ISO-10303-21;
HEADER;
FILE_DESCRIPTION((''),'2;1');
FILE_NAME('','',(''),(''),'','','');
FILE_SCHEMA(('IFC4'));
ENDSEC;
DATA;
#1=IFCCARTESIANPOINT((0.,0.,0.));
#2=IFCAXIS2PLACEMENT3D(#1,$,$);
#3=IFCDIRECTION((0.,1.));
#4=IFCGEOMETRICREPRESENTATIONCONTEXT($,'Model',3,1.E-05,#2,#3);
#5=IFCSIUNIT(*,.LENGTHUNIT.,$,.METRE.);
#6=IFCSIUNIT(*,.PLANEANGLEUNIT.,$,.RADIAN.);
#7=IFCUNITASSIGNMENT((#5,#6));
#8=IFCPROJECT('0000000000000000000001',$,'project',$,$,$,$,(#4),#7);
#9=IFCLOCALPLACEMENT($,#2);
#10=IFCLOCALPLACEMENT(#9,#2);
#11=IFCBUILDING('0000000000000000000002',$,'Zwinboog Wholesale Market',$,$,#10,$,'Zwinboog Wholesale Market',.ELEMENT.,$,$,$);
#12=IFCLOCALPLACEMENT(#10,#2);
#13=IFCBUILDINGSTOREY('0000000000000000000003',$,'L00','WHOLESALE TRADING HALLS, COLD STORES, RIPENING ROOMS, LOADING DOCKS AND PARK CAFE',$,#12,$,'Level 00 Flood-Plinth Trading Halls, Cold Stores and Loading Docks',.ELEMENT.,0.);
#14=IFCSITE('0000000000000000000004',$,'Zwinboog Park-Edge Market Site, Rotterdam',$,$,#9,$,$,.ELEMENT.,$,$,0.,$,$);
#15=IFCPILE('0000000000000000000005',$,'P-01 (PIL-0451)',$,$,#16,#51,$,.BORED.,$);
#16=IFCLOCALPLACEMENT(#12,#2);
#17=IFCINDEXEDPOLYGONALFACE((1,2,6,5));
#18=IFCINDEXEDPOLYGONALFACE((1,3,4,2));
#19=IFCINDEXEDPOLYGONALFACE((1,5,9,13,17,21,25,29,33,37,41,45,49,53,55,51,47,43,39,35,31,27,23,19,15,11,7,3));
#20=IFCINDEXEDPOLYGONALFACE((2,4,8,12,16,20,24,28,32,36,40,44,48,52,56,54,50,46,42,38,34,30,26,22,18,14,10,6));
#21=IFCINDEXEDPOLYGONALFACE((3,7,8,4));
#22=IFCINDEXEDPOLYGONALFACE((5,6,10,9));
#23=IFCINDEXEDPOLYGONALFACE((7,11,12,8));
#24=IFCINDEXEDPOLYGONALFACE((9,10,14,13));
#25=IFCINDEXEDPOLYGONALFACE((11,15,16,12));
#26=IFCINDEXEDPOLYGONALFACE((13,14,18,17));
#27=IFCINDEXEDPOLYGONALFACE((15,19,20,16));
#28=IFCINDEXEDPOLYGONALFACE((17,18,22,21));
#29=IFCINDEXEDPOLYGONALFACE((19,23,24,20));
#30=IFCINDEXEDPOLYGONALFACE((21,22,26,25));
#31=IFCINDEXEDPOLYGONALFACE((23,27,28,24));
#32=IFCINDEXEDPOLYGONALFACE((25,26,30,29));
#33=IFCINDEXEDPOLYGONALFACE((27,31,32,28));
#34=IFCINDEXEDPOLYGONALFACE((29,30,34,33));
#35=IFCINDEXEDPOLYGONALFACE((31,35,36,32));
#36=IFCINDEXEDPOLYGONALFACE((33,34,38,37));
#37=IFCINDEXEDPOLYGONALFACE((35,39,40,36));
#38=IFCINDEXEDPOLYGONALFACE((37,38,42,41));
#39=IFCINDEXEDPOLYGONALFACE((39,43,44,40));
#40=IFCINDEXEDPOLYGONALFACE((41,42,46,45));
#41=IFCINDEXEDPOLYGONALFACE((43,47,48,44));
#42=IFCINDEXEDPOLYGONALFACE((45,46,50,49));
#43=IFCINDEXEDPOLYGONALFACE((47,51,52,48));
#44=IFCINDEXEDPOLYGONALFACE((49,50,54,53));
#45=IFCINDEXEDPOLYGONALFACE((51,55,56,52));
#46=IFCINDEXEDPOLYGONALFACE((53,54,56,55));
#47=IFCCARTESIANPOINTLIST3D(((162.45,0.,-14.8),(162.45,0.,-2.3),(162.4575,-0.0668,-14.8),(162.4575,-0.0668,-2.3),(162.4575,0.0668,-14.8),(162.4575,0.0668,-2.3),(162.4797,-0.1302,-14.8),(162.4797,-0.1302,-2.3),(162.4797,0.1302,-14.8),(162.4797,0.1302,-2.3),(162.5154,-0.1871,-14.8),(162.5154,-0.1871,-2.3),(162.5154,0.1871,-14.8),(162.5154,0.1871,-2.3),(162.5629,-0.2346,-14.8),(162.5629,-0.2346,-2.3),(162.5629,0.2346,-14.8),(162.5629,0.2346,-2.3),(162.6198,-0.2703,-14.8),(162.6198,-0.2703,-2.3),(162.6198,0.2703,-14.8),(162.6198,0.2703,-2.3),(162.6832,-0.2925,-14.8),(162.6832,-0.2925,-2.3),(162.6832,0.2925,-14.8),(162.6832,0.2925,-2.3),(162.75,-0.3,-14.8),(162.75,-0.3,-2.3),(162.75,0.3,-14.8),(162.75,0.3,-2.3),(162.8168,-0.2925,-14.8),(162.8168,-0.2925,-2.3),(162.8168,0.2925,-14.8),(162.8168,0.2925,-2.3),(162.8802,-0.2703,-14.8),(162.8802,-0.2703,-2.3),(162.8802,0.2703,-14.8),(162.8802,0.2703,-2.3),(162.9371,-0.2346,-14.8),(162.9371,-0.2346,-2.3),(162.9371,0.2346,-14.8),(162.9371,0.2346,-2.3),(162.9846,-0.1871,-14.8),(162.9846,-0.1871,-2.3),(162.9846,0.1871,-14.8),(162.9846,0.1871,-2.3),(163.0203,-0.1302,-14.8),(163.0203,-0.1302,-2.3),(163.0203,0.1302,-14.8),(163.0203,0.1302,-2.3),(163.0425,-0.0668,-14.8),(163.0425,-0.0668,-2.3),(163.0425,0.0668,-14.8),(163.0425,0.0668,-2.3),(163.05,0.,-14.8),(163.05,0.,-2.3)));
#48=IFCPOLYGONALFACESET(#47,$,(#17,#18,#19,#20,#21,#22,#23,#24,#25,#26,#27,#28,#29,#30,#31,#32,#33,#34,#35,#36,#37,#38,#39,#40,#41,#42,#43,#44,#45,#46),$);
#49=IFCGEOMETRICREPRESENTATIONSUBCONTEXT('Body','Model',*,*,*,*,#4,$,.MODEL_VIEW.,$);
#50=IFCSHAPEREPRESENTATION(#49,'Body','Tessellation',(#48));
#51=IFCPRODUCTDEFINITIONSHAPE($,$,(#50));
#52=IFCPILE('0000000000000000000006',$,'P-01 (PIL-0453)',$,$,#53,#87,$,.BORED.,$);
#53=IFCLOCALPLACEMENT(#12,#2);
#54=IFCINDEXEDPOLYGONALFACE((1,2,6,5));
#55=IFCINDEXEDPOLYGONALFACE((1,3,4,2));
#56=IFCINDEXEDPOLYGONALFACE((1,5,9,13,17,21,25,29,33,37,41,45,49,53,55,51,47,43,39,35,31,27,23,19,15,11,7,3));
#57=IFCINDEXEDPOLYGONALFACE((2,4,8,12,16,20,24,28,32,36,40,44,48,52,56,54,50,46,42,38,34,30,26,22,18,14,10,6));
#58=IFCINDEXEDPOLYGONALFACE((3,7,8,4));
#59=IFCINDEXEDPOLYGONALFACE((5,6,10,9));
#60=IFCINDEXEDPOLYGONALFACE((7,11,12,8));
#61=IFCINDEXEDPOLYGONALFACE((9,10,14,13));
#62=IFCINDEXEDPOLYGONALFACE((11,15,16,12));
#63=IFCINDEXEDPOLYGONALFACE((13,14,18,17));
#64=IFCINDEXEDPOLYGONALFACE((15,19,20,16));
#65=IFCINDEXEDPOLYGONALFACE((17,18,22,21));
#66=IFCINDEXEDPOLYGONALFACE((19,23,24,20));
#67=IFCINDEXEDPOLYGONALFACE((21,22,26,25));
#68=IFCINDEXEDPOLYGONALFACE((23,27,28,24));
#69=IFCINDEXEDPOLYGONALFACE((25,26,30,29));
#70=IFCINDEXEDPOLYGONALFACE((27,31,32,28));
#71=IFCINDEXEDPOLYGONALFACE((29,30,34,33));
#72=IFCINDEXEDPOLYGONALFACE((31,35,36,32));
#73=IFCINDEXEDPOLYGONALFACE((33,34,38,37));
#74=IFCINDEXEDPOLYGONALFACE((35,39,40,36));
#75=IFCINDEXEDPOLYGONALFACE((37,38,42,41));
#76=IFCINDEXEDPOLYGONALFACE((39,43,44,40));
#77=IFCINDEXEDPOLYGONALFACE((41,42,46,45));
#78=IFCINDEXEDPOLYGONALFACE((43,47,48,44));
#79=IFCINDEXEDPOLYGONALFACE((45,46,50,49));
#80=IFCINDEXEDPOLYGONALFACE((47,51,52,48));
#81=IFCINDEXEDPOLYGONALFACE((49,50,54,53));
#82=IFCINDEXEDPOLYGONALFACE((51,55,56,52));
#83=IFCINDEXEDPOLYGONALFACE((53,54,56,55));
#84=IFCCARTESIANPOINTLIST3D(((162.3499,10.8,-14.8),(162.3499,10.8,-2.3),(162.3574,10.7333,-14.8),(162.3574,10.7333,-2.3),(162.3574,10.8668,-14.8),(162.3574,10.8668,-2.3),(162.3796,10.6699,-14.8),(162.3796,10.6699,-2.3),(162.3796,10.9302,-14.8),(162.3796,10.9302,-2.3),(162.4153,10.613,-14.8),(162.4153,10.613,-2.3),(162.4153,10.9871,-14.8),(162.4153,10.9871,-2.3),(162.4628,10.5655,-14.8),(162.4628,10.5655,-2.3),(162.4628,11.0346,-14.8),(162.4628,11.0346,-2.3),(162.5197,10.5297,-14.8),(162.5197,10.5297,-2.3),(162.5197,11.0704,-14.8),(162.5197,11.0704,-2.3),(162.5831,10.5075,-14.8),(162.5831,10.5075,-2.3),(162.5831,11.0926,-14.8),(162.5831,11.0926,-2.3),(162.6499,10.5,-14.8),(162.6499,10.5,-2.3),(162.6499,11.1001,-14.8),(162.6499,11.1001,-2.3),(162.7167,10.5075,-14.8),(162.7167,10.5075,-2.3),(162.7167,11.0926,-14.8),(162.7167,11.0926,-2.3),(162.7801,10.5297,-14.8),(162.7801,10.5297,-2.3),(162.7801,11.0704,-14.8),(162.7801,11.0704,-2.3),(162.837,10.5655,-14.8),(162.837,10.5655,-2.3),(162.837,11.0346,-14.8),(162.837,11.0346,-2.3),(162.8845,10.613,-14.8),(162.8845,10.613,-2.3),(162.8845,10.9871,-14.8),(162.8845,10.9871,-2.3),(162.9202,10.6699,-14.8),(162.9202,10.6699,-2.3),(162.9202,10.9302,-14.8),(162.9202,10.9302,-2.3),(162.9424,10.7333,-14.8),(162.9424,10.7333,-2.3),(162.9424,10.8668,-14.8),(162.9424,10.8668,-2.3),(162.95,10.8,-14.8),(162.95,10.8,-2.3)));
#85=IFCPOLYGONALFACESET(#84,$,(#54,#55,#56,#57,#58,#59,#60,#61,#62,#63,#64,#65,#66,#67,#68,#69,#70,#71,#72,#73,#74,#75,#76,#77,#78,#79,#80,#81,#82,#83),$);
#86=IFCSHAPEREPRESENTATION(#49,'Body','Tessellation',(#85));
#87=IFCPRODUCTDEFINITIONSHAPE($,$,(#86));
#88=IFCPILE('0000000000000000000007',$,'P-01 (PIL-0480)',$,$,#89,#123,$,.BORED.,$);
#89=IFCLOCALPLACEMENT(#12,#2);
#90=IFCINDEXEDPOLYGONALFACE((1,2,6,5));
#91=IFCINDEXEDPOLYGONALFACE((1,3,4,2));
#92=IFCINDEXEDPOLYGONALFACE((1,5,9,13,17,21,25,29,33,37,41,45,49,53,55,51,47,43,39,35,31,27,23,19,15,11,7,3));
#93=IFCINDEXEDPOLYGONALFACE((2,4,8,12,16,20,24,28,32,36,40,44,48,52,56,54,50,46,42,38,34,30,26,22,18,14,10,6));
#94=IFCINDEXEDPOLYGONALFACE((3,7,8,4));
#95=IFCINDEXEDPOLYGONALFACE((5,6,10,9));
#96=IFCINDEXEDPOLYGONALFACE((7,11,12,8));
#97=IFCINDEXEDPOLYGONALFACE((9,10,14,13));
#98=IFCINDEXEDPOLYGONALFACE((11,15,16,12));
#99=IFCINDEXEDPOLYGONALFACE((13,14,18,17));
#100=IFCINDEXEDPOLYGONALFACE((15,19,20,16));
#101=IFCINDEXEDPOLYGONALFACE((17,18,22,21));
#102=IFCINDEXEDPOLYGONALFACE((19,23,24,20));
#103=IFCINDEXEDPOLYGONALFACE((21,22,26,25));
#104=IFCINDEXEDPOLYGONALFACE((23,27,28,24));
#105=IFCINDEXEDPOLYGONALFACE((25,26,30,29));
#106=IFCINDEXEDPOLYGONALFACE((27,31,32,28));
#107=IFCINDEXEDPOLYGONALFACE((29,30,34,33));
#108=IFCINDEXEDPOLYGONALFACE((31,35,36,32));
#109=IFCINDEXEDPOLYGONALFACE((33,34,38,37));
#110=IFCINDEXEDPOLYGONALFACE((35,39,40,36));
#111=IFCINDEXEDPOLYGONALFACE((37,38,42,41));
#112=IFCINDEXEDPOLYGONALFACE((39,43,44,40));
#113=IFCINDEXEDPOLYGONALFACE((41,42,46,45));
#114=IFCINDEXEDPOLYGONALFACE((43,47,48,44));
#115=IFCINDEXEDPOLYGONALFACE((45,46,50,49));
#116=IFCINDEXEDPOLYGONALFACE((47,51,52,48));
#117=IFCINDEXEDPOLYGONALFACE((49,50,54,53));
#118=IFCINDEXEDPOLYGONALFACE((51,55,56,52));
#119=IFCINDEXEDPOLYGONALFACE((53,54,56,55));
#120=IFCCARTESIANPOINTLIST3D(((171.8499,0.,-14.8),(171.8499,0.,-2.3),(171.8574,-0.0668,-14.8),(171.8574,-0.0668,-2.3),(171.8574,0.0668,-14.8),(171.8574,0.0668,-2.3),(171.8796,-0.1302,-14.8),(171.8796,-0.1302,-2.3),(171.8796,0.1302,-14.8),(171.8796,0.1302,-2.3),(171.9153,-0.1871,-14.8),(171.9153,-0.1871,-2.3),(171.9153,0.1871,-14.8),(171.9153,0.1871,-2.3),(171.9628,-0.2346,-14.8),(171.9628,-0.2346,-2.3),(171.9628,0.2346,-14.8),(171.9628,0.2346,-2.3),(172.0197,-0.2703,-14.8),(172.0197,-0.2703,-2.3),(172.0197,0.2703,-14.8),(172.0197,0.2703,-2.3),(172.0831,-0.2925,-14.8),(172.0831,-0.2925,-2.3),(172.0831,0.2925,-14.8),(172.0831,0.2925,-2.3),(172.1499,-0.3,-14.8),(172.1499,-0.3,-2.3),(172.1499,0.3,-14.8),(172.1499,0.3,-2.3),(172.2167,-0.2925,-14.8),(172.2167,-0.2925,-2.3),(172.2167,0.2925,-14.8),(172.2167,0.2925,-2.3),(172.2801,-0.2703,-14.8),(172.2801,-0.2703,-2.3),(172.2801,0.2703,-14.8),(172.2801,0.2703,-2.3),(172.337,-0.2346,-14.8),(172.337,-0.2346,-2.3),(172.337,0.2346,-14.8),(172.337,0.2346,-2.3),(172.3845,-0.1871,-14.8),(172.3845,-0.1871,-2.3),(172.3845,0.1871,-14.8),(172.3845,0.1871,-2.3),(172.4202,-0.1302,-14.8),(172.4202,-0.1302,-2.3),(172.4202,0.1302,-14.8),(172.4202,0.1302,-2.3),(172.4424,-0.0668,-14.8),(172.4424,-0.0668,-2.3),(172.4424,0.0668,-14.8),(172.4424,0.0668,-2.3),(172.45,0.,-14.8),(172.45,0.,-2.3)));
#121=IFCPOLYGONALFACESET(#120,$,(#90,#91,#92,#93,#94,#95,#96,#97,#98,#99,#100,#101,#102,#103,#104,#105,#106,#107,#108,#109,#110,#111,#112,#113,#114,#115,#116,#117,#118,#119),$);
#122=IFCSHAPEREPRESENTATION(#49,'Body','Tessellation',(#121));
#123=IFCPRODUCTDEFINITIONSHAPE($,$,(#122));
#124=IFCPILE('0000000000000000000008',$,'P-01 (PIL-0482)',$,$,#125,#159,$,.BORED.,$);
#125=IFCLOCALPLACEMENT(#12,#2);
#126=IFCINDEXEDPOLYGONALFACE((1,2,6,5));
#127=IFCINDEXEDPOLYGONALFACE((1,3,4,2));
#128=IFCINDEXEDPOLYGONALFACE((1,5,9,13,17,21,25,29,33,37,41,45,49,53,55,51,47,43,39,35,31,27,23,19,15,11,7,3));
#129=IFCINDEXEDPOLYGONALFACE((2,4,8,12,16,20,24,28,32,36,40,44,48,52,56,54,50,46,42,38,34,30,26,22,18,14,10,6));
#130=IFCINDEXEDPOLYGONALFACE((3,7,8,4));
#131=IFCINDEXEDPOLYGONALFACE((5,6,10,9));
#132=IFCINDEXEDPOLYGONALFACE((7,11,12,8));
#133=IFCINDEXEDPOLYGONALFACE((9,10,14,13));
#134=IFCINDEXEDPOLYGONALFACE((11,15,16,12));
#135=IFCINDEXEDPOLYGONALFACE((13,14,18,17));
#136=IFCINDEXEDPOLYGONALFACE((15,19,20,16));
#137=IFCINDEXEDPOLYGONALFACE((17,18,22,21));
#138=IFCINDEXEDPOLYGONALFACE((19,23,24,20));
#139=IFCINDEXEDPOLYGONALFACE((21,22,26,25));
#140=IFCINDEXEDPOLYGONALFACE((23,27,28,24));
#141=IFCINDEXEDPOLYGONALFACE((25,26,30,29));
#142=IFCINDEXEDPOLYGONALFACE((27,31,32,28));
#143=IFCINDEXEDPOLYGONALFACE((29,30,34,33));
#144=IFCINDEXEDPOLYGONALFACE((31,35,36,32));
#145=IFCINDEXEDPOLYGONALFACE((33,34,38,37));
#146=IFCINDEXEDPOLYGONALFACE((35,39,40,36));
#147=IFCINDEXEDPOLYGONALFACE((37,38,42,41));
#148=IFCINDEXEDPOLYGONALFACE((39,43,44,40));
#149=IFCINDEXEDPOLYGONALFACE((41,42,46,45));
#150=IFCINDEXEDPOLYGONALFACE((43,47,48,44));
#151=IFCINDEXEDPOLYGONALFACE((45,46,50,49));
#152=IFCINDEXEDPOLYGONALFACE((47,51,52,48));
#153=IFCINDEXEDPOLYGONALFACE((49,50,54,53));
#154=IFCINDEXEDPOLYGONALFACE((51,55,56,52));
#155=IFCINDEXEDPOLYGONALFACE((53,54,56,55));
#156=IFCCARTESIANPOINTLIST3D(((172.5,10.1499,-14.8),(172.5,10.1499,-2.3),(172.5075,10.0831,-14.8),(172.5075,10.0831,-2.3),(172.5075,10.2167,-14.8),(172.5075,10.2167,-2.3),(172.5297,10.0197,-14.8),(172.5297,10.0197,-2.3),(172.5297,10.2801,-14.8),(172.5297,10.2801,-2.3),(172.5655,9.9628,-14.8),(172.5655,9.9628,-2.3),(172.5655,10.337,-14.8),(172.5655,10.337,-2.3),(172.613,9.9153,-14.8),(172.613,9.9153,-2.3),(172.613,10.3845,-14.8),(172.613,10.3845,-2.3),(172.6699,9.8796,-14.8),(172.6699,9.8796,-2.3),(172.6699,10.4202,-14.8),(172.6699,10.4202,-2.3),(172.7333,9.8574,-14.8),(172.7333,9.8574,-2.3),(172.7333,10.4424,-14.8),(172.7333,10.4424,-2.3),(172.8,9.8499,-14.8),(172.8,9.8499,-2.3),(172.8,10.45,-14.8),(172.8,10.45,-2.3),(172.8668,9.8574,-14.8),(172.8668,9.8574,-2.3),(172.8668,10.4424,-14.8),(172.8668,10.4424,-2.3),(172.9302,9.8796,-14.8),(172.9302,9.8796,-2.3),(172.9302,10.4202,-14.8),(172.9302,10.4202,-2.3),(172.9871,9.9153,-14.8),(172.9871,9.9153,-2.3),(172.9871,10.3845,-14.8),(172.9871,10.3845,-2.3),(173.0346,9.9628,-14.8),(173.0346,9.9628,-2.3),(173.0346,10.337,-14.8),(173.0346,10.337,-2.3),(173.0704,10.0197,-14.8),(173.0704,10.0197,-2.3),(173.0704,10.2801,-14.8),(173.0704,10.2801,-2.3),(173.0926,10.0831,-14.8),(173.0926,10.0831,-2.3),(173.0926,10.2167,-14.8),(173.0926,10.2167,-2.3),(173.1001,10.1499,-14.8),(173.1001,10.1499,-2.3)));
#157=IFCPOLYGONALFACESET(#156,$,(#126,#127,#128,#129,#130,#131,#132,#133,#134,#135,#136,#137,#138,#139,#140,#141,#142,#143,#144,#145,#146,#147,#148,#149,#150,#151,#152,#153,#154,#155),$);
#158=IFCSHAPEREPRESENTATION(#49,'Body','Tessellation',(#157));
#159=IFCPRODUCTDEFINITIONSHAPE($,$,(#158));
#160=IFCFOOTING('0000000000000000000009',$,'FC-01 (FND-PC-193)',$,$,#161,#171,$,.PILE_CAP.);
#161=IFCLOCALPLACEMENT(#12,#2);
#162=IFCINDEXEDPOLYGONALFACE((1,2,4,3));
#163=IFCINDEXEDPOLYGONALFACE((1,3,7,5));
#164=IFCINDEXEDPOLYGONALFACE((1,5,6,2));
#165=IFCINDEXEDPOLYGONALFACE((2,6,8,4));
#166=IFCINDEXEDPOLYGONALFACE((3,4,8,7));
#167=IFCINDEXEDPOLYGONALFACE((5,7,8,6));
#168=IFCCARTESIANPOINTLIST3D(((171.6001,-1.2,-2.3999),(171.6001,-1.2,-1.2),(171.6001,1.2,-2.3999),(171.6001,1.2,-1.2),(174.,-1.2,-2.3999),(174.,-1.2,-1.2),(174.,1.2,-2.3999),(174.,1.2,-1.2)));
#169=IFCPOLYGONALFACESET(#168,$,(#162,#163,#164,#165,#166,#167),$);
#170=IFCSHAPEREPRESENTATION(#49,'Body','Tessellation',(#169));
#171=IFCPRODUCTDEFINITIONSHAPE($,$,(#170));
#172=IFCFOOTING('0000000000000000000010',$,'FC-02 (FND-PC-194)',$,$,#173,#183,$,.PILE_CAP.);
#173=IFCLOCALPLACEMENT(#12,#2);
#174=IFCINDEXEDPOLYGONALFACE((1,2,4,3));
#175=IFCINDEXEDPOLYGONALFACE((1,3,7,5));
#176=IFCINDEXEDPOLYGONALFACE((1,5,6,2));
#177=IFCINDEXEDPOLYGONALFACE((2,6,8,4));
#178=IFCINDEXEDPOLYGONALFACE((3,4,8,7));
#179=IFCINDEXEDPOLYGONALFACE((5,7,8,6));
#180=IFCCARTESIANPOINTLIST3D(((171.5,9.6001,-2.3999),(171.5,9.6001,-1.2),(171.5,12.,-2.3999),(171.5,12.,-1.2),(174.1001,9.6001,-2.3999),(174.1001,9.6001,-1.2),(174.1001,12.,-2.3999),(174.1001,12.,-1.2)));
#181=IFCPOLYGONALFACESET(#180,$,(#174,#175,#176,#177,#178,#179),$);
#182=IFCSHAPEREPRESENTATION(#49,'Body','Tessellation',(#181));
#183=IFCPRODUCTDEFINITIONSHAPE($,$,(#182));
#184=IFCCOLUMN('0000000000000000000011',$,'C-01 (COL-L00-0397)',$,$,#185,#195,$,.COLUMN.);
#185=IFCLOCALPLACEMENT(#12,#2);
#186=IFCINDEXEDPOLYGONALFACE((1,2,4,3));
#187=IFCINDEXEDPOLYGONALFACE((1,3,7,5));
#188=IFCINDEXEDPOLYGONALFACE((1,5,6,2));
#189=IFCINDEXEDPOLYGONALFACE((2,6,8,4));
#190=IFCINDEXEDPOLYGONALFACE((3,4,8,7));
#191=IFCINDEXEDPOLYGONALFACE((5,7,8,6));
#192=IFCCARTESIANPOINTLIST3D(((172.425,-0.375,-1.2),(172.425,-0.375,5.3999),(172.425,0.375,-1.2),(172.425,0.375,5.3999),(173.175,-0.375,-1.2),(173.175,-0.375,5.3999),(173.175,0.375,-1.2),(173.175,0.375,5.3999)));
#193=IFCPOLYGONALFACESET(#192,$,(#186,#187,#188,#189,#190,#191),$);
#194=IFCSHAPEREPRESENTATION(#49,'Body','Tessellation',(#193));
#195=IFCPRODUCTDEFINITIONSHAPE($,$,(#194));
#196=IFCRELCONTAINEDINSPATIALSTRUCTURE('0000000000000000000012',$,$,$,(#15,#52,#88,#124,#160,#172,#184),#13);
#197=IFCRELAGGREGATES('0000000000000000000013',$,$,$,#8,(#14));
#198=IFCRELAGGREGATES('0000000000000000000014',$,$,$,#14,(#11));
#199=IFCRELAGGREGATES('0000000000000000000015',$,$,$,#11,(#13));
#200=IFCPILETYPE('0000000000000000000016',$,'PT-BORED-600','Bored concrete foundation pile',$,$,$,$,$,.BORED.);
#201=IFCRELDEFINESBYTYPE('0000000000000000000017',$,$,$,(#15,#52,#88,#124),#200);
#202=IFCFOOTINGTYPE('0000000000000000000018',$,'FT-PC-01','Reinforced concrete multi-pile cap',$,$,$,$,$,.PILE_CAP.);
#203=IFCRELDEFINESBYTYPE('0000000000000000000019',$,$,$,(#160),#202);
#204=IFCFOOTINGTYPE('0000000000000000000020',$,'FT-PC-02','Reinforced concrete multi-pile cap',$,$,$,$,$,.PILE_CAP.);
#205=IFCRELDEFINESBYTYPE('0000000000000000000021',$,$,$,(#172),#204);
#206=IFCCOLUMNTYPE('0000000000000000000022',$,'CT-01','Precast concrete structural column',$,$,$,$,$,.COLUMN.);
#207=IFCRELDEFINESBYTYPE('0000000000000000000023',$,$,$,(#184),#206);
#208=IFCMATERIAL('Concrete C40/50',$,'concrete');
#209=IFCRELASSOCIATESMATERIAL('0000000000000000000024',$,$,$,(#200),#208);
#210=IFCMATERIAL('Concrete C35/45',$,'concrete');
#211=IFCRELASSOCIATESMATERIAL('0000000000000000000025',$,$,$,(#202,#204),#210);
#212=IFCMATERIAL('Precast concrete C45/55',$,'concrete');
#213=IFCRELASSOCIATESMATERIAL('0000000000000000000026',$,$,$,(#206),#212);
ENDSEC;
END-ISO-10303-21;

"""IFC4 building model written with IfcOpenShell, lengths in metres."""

from ifc_helpers import new_model, si_unit, direction, frame, origin, origin_2d, place, context, subcontext, project, spatial, rectangle, circle, extrude, material, material_profile, profile_set, type_object, element, save


model = new_model("IFC4")

# Units and contexts
model_context = context("Model", 3, precision=1e-05, world=origin(), true_north=direction((0.0, 1.0)))
body_context = subcontext(model_context, "Body", "Model", "MODEL_VIEW")
ifc_project = project(units=[si_unit("LENGTHUNIT", "METRE"), si_unit("PLANEANGLEUNIT", "RADIAN")], contexts=[model_context])

# Site, building, storey
site_placement = place(None, origin())
site = spatial("IfcSite", under=ifc_project, at=site_placement, Name="Zwinboog Park-Edge Market Site, Rotterdam", CompositionType="ELEMENT", RefElevation=0.0)
building_placement = place(site_placement, origin())
building = spatial("IfcBuilding", under=site, at=building_placement, Name="Zwinboog Wholesale Market", LongName="Zwinboog Wholesale Market", CompositionType="ELEMENT")
storey_placement = place(building_placement, origin())
storey = spatial("IfcBuildingStorey", under=building, at=storey_placement, Name="L00", Description="WHOLESALE TRADING HALLS, COLD STORES, RIPENING ROOMS, LOADING DOCKS AND PARK CAFE", LongName="Level 00 Flood-Plinth Trading Halls, Cold Stores and Loading Docks", CompositionType="ELEMENT", Elevation=0.0)

# Piles
ifc_material_1 = material(Name="Concrete C40/50", Category="concrete")
ifc_material_profile_1 = material_profile(ifc_material_1, circle(Radius=0.3, at=origin_2d()), Name="PILE D600")
ifc_profile_set_1 = profile_set([ifc_material_profile_1], Name="Concrete C40/50")
pile_type = type_object("IfcPileType", Name="PT-BORED-600", Description="Bored concrete foundation pile", PredefinedType="BORED", material=ifc_profile_set_1)
for number, where, z_axis, x_axis, name in (
    (1, (162.75, 0.0, -2.3), (0.0, 0.0, -1.0), (1.0, 0.0, 0.0), "P-01 (PIL-0451)"),
    (2, (162.6499, 10.8, -2.3), (0.0, 0.0, -1.0), (1.0, 0.0, 0.0), "P-01 (PIL-0453)"),
    (3, (172.1499, 0.0, -2.3), (0.0, 0.0, -1.0), (1.0, 0.0, 0.0), "P-01 (PIL-0480)"),
    (4, (172.8, 10.1499, -2.3), (0.0, 0.0, -1.0), (1.0, 0.0, 0.0), "P-01 (PIL-0482)"),
):
    element("IfcPile", number, at=place(storey_placement, frame(where, z_axis=z_axis, x_axis=x_axis)), inside=storey, type_object=pile_type, Name=name, PredefinedType="BORED", context=body_context, shape_type="SweptSolid", body=[
        extrude(circle(Radius=0.3, at=origin_2d()), origin(), (0.0, 0.0, 1.0), 12.5),
    ])

# Footings
ifc_material_2 = material(Name="Concrete C35/45", Category="concrete")
footing_type_1 = type_object("IfcFootingType", Name="FT-PC-01", Description="Reinforced concrete multi-pile cap", PredefinedType="PILE_CAP", material=ifc_material_2)
footing_1_placement = place(storey_placement, frame((172.8, 0.0, -2.3999), z_axis=(0.0, 0.0, 1.0), x_axis=(1.0, 0.0, 0.0)))
element("IfcFooting", 5, at=footing_1_placement, inside=storey, type_object=footing_type_1, Name="FC-01 (FND-PC-193)", PredefinedType="PILE_CAP", context=body_context, shape_type="SweptSolid", body=[
    extrude(rectangle(XDim=2.3999, YDim=2.3999, at=origin_2d()), origin(), (0.0, 0.0, 1.0), 1.2),
])
footing_type_2 = type_object("IfcFootingType", Name="FT-PC-02", Description="Reinforced concrete multi-pile cap", PredefinedType="PILE_CAP", material=ifc_material_2)
footing_2_placement = place(storey_placement, frame((172.8, 10.8, -2.3999), z_axis=(0.0, 0.0, 1.0), x_axis=(1.0, 0.0, 0.0)))
element("IfcFooting", 6, at=footing_2_placement, inside=storey, type_object=footing_type_2, Name="FC-02 (FND-PC-194)", PredefinedType="PILE_CAP", context=body_context, shape_type="SweptSolid", body=[
    extrude(rectangle(XDim=2.6001, YDim=2.3999, at=origin_2d()), origin(), (0.0, 0.0, 1.0), 1.2),
])

# Column
ifc_material_3 = material(Name="Precast concrete C45/55", Category="concrete")
ifc_material_profile_2 = material_profile(ifc_material_3, rectangle(XDim=0.75, YDim=0.75, at=origin_2d()), Name="PC 750x750")
ifc_profile_set_2 = profile_set([ifc_material_profile_2], Name="Precast concrete C45/55")
column_type = type_object("IfcColumnType", Name="CT-01", Description="Precast concrete structural column", PredefinedType="COLUMN", material=ifc_profile_set_2)
column_placement = place(storey_placement, frame((172.8, 0.0, -1.2), z_axis=(0.0, 0.0, 1.0), x_axis=(1.0, 0.0, 0.0)))
element("IfcColumn", 7, at=column_placement, inside=storey, type_object=column_type, Name="C-01 (COL-L00-0397)", PredefinedType="COLUMN", context=body_context, shape_type="SweptSolid", body=[
    extrude(rectangle(XDim=0.75, YDim=0.75, at=origin_2d()), origin(), (0.0, 0.0, 1.0), 6.5999),
])

save(model, "model.ifc")
